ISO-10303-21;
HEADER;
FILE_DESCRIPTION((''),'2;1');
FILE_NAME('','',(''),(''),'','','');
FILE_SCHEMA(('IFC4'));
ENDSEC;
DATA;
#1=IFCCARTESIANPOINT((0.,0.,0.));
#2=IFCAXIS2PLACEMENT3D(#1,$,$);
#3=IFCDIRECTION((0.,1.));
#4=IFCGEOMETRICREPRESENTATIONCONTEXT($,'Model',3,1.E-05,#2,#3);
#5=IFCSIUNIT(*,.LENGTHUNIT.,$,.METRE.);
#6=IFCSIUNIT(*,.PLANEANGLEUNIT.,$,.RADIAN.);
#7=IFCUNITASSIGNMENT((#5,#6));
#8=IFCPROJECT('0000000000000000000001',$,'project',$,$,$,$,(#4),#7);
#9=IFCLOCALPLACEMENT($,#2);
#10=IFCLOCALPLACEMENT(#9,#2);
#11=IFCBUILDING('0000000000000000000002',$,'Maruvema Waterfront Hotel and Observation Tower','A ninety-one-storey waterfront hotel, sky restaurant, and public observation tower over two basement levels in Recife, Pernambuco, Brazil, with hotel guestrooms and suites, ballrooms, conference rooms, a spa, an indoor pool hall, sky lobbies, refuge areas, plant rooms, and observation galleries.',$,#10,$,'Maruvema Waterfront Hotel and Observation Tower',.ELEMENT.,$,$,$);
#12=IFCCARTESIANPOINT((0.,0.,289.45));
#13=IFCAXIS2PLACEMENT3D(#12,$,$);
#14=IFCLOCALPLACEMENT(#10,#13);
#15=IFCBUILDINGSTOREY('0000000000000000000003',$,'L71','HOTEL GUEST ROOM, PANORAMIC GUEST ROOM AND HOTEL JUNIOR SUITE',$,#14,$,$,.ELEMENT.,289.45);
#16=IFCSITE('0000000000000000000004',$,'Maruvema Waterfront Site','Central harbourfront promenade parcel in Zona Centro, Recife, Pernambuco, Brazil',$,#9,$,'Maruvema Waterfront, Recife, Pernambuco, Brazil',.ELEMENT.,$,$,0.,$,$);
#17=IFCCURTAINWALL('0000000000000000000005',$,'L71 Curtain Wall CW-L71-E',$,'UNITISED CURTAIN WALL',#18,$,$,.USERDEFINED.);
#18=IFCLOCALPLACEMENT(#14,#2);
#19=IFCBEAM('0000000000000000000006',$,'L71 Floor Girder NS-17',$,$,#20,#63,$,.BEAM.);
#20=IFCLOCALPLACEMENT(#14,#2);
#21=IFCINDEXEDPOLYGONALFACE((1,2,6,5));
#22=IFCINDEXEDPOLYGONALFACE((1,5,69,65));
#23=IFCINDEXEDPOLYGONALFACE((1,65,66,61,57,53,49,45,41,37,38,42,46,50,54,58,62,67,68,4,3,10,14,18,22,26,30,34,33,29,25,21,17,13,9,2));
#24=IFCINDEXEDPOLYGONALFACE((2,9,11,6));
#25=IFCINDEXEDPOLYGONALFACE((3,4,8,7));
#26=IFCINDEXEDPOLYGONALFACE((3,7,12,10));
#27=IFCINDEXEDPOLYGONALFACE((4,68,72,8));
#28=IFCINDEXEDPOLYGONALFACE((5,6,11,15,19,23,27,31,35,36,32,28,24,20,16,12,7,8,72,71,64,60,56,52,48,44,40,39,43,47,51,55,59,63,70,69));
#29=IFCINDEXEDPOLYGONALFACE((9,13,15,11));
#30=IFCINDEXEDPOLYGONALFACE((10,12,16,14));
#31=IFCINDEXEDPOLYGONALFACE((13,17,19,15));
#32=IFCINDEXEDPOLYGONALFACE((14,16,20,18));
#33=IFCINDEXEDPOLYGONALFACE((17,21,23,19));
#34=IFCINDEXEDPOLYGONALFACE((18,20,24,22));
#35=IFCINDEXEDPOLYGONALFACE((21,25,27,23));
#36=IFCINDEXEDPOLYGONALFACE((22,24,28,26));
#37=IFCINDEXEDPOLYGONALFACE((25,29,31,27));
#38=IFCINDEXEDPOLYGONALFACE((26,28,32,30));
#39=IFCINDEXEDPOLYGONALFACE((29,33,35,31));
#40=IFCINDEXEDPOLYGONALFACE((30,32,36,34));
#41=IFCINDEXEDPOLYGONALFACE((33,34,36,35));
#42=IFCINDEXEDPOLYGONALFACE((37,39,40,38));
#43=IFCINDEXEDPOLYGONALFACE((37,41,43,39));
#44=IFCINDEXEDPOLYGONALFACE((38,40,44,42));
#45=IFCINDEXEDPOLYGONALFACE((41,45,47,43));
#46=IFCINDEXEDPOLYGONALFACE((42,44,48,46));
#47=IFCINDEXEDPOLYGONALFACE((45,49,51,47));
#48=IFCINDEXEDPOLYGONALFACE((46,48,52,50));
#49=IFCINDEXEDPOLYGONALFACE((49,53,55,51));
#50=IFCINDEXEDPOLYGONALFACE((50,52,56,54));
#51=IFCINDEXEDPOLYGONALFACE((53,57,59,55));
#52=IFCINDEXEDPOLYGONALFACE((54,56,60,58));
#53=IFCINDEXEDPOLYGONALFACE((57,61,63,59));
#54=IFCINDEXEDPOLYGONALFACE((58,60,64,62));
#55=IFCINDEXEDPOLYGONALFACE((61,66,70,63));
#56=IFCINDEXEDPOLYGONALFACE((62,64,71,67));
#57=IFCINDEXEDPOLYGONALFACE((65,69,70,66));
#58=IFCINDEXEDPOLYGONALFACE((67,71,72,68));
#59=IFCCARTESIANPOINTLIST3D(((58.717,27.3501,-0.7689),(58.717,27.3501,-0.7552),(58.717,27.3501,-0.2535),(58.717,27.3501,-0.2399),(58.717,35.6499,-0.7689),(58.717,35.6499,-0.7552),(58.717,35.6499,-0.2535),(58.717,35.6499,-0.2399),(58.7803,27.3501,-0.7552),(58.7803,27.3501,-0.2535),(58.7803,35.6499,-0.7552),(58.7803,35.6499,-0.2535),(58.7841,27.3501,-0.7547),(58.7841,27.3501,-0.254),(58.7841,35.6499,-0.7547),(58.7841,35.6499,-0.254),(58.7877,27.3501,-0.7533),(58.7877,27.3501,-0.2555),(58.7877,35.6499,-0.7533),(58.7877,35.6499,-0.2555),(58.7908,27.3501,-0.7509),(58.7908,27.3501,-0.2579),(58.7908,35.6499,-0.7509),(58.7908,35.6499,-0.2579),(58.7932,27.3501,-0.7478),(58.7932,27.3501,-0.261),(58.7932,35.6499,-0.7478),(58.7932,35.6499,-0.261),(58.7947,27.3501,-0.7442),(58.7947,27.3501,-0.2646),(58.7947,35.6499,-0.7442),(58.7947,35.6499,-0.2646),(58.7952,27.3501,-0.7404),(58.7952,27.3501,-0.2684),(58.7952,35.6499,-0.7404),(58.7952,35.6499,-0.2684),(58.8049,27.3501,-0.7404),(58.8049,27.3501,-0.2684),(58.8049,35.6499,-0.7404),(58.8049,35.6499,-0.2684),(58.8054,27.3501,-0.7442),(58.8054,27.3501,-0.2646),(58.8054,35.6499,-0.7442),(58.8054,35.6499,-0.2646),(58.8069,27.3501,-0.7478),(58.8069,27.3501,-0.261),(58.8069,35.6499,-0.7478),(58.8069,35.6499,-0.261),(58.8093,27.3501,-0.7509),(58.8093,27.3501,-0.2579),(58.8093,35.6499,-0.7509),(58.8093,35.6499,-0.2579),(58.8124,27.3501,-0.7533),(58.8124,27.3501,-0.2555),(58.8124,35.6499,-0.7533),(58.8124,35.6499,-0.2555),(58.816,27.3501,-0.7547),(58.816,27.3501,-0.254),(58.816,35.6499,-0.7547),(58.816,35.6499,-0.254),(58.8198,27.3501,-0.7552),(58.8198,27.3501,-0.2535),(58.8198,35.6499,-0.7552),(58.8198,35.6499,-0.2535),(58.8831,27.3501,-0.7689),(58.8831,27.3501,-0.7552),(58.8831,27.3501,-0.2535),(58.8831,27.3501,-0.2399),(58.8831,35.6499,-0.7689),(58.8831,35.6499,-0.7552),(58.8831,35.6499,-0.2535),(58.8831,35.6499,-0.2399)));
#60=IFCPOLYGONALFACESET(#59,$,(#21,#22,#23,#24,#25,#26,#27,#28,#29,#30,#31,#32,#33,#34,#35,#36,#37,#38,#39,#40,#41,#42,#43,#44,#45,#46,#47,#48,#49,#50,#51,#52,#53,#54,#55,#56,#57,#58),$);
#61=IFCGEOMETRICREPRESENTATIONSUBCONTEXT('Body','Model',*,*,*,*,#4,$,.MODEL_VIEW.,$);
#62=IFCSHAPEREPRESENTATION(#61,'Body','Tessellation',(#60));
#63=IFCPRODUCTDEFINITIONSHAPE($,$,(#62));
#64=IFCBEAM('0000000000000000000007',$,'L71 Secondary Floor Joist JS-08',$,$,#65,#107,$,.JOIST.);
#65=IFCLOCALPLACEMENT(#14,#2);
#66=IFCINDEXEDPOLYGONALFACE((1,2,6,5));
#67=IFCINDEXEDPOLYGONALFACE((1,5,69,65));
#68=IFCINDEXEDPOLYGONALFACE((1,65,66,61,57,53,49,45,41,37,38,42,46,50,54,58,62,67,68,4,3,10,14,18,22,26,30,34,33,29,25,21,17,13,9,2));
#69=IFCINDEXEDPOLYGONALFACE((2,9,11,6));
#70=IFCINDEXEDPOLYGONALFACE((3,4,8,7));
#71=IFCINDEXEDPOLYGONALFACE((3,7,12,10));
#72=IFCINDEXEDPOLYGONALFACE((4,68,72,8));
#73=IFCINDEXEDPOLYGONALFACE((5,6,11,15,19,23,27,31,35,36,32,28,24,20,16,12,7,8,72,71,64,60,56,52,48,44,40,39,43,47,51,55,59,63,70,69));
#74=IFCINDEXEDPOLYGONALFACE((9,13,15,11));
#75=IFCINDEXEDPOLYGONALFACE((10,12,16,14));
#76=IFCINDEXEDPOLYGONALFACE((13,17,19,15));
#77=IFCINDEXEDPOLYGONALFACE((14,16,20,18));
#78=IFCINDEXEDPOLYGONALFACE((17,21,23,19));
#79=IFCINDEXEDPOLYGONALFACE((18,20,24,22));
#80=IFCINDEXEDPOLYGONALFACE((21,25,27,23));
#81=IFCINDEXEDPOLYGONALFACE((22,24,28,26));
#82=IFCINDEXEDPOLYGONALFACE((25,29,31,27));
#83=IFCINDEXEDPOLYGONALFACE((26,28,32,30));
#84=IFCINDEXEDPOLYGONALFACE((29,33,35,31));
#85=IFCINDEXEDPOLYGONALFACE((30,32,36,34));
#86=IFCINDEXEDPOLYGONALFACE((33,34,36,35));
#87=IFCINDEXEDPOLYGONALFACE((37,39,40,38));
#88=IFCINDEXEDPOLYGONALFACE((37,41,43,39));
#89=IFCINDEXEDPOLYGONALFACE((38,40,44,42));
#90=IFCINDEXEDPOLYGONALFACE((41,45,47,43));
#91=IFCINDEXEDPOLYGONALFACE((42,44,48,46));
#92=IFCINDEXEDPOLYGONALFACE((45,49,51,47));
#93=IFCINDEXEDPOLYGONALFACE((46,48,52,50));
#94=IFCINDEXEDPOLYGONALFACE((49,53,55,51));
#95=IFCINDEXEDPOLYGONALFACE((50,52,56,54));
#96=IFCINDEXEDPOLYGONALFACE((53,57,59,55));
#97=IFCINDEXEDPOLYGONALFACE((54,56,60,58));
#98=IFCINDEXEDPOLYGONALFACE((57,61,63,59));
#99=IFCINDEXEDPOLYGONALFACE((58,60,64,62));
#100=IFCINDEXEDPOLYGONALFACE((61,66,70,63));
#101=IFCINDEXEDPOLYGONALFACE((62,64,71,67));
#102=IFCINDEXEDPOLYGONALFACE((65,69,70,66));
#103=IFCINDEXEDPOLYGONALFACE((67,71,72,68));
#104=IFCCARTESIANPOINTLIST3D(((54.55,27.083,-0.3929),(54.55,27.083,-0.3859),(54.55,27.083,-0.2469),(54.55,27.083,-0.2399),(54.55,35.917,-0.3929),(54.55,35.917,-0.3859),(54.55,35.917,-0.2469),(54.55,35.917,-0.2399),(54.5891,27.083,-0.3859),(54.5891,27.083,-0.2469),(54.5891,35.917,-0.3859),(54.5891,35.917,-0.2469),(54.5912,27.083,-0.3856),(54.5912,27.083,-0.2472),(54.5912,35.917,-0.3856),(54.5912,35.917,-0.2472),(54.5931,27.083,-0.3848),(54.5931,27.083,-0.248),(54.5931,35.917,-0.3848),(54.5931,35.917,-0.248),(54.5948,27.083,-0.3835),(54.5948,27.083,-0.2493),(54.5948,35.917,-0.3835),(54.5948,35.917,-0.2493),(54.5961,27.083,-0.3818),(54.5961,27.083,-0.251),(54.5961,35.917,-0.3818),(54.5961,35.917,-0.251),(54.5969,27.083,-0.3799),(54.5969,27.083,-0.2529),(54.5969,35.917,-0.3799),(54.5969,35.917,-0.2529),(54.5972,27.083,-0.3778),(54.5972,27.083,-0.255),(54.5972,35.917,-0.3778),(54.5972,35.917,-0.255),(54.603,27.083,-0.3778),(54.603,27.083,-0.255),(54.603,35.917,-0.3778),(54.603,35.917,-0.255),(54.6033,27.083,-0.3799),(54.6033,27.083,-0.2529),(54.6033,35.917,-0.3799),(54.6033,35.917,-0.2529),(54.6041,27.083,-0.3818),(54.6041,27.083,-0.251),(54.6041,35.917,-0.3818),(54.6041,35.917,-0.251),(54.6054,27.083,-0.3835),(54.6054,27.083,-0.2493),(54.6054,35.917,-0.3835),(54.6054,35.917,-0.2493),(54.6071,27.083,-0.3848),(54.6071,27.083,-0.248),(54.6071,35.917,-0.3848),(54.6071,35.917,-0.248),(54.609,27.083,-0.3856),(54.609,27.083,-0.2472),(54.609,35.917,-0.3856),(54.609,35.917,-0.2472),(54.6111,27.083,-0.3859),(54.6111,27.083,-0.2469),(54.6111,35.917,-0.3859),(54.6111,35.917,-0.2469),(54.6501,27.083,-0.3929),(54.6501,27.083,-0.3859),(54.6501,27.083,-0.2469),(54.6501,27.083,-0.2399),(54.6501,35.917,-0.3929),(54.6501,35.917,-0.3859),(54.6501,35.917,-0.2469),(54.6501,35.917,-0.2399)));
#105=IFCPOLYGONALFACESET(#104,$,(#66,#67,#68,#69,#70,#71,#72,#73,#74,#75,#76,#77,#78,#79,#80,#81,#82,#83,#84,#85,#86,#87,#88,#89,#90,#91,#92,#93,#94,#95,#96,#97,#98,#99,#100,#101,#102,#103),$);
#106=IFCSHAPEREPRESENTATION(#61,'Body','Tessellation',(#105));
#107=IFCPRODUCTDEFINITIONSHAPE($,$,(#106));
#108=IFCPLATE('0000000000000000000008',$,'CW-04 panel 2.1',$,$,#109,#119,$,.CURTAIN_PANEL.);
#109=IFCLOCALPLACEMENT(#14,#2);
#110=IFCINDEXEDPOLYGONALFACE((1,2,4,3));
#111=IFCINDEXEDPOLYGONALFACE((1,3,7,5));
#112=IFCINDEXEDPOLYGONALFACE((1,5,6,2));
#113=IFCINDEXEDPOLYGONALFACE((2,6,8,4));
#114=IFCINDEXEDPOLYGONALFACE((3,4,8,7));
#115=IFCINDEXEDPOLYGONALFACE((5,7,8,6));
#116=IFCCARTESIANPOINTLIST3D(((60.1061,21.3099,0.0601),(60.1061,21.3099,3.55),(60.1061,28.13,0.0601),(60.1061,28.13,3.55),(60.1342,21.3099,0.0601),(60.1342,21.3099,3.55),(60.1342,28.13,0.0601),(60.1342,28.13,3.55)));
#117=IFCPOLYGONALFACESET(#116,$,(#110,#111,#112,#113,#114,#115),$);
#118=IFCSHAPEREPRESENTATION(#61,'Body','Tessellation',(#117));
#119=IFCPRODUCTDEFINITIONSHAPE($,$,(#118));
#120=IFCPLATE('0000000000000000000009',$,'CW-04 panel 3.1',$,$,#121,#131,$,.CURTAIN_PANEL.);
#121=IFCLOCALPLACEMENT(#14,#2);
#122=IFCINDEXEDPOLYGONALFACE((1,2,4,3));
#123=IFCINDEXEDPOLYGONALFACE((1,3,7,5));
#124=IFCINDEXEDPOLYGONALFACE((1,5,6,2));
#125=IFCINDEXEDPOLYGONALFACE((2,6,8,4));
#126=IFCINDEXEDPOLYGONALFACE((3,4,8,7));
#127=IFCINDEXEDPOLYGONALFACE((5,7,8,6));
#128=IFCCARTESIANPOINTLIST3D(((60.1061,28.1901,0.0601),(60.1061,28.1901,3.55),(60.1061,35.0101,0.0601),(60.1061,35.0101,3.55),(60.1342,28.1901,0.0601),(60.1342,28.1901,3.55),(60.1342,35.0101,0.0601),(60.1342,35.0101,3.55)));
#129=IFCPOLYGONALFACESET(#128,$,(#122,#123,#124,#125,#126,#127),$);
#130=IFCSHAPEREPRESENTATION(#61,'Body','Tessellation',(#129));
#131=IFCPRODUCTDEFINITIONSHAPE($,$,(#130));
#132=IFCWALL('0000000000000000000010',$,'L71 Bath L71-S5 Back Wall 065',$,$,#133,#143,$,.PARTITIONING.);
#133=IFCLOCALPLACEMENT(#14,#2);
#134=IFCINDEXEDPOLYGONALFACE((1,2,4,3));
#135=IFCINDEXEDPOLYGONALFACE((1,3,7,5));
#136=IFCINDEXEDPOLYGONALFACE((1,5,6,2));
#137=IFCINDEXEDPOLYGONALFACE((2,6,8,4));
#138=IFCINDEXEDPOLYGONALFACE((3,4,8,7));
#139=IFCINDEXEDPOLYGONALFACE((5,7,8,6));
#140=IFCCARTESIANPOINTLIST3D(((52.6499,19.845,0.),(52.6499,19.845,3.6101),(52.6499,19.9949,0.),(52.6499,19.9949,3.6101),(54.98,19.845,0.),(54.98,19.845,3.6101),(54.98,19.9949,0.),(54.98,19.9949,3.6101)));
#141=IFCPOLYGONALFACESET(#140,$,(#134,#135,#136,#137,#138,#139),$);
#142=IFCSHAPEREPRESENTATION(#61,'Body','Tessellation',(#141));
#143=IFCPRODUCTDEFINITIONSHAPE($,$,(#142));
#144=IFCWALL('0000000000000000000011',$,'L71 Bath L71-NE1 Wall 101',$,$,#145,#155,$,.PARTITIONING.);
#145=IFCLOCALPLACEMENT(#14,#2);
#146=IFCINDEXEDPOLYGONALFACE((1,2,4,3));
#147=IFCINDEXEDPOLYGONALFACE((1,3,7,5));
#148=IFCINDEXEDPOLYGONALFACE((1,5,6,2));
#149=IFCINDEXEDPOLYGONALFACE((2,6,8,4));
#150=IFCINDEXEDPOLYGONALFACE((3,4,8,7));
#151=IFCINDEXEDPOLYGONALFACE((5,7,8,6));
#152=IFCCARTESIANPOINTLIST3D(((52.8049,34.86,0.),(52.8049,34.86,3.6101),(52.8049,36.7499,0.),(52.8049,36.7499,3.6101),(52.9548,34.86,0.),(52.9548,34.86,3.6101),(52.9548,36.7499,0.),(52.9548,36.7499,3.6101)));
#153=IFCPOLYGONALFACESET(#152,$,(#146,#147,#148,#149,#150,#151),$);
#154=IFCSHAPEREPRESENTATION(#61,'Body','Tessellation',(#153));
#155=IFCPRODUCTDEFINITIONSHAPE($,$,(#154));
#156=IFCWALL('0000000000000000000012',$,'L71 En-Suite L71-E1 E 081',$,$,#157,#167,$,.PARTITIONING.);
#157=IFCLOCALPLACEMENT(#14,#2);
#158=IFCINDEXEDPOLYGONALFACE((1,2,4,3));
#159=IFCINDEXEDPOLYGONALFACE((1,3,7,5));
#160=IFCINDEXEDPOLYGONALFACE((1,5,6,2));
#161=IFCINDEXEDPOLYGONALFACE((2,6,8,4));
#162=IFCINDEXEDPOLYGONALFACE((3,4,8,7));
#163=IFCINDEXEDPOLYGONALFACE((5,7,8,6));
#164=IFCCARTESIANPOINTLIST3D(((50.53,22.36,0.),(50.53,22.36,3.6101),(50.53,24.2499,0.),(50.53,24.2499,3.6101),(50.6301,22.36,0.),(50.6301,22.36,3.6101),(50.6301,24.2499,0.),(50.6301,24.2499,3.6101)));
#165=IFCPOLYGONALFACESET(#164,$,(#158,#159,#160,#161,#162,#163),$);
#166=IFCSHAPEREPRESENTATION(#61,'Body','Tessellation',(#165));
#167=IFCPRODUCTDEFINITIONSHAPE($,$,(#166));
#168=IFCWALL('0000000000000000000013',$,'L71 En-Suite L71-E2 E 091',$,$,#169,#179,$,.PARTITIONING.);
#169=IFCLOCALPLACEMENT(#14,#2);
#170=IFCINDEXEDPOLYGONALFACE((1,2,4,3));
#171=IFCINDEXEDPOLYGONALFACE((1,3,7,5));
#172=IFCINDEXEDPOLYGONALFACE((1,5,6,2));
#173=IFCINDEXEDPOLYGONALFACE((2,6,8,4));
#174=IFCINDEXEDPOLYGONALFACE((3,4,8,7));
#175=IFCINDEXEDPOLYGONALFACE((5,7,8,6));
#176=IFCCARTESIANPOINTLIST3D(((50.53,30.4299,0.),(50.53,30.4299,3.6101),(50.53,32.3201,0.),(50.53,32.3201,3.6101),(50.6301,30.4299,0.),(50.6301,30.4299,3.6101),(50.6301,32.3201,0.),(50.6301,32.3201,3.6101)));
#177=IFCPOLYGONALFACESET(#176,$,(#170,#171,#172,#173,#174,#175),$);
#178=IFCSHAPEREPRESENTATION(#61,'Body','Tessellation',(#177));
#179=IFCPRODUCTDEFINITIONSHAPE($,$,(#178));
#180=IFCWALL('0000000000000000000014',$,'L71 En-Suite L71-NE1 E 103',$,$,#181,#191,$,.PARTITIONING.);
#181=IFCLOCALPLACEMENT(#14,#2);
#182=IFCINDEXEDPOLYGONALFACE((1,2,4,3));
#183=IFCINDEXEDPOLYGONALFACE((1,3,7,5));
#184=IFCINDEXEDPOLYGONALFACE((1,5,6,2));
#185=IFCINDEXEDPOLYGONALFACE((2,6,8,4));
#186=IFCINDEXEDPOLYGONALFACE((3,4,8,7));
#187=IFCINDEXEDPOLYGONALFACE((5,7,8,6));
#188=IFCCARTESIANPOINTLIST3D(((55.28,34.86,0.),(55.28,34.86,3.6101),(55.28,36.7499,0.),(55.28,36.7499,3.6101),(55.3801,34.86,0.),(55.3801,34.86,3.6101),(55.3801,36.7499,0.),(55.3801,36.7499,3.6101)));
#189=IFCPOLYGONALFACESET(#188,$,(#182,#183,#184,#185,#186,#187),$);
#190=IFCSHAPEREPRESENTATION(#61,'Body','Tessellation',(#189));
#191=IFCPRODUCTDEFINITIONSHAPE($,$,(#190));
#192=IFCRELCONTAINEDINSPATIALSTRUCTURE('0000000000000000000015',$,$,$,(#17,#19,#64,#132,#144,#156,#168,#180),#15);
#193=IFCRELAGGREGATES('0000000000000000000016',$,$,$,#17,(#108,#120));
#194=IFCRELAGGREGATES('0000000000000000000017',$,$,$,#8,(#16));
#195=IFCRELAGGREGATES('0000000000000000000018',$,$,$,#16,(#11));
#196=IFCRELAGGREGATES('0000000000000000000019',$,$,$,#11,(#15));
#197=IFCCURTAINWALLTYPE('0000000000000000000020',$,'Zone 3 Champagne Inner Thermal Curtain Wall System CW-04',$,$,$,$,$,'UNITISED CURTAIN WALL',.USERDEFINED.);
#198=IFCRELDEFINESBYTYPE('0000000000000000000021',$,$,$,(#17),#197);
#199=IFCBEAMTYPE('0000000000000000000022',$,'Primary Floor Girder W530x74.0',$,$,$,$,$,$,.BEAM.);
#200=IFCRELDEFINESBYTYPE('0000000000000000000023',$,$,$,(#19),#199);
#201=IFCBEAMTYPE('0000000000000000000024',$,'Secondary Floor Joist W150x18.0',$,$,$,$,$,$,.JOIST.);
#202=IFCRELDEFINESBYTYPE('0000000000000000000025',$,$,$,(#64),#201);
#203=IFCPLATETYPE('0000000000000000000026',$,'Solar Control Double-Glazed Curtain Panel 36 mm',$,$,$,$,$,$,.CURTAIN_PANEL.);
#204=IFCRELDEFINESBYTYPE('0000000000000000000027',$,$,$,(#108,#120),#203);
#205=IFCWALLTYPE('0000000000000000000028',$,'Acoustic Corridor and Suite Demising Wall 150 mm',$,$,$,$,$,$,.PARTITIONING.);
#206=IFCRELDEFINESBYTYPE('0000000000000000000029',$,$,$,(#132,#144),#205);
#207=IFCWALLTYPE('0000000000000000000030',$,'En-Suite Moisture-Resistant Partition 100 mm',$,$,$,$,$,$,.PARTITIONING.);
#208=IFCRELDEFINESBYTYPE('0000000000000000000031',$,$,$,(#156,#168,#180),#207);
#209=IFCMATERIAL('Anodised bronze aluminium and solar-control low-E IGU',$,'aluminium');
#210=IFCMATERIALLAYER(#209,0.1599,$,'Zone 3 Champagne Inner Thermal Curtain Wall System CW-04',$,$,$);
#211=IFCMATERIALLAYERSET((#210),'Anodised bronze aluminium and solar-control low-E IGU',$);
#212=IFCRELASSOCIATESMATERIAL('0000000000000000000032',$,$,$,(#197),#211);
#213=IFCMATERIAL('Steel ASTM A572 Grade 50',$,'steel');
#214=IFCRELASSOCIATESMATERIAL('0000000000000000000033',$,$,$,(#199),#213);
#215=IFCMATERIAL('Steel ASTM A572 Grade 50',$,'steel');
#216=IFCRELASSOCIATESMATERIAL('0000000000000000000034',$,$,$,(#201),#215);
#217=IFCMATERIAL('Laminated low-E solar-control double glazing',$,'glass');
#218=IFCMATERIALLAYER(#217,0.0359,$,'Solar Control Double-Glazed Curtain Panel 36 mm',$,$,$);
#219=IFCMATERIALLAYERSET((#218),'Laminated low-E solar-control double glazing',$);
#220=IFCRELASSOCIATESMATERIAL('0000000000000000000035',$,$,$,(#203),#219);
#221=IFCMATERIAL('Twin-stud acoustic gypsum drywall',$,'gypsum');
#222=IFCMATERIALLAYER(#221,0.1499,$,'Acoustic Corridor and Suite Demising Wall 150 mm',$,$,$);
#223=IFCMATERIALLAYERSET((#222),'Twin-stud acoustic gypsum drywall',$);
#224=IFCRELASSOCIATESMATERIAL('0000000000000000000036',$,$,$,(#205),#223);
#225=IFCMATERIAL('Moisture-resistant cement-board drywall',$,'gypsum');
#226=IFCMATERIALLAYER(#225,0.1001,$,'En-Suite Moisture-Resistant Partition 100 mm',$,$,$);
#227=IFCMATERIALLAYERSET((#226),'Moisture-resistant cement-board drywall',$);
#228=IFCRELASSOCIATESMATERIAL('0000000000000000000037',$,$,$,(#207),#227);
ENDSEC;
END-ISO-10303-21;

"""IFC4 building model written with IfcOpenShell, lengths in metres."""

from ifc_helpers import new_model, si_unit, direction, frame, frame_2d, origin, origin_2d, place, context, subcontext, project, spatial, rectangle, i_section, extrude, material, layer, layer_set, material_profile, profile_set, type_object, element, aggregate, save


model = new_model("IFC4")

# Units and contexts
model_context = context("Model", 3, precision=1e-05, world=origin(), true_north=direction((0.0, 1.0)))
body_context = subcontext(model_context, "Body", "Model", "MODEL_VIEW")
ifc_project = project(units=[si_unit("LENGTHUNIT", "METRE"), si_unit("PLANEANGLEUNIT", "RADIAN")], contexts=[model_context])

# Site, building, storey
site_placement = place(None, origin())
site = spatial("IfcSite", under=ifc_project, at=site_placement, Name="Maruvema Waterfront Site", Description="Central harbourfront promenade parcel in Zona Centro, Recife, Pernambuco, Brazil", LongName="Maruvema Waterfront, Recife, Pernambuco, Brazil", CompositionType="ELEMENT", RefElevation=0.0)
building_placement = place(site_placement, origin())
building = spatial("IfcBuilding", under=site, at=building_placement, Name="Maruvema Waterfront Hotel and Observation Tower", Description="A ninety-one-storey waterfront hotel, sky restaurant, and public observation tower over two basement levels in Recife, Pernambuco, Brazil, with hotel guestrooms and suites, ballrooms, conference rooms, a spa, an indoor pool hall, sky lobbies, refuge areas, plant rooms, and observation galleries.", LongName="Maruvema Waterfront Hotel and Observation Tower", CompositionType="ELEMENT")
storey_placement = place(building_placement, frame((0.0, 0.0, 289.45)))
storey = spatial("IfcBuildingStorey", under=building, at=storey_placement, Name="L71", Description="HOTEL GUEST ROOM, PANORAMIC GUEST ROOM AND HOTEL JUNIOR SUITE", CompositionType="ELEMENT", Elevation=289.45)

# Curtain wall
ifc_material_1 = material(Name="Anodised bronze aluminium and solar-control low-E IGU", Category="aluminium")
ifc_layer_1 = layer(ifc_material_1, 0.1599, Name="Zone 3 Champagne Inner Thermal Curtain Wall System CW-04")
ifc_layer_set_1 = layer_set([ifc_layer_1], Name="Anodised bronze aluminium and solar-control low-E IGU")
curtain_wall_type = type_object("IfcCurtainWallType", Name="Zone 3 Champagne Inner Thermal Curtain Wall System CW-04", ElementType="UNITISED CURTAIN WALL", PredefinedType="USERDEFINED", material=ifc_layer_set_1)
curtain_wall_placement = place(storey_placement, origin())
curtain_wall = element("IfcCurtainWall", 1, at=curtain_wall_placement, inside=storey, type_object=curtain_wall_type, Name="L71 Curtain Wall CW-L71-E", ObjectType="UNITISED CURTAIN WALL", PredefinedType="USERDEFINED")

# Beams
ifc_material_2 = material(Name="Steel ASTM A572 Grade 50", Category="steel")
ifc_material_profile_1 = material_profile(ifc_material_2, i_section(OverallWidth=0.166, OverallDepth=0.5291, WebThickness=0.0098, FlangeThickness=0.0137, FilletRadius=0.0149, at=origin_2d()), Name="W530x74.0")
ifc_profile_set_1 = profile_set([ifc_material_profile_1], Name="Steel ASTM A572 Grade 50")
beam_type_1 = type_object("IfcBeamType", Name="Primary Floor Girder W530x74.0", PredefinedType="BEAM", material=ifc_profile_set_1)
beam_1_placement = place(storey_placement, frame((58.8, 27.3501, -0.5044), z_axis=(0.0, 1.0, 0.0), x_axis=(-1.0, 0.0, 0.0)))
element("IfcBeam", 2, at=beam_1_placement, inside=storey, type_object=beam_type_1, Name="L71 Floor Girder NS-17", PredefinedType="BEAM", context=body_context, shape_type="SweptSolid", body=[
    extrude(i_section(OverallWidth=0.166, OverallDepth=0.5291, WebThickness=0.0098, FlangeThickness=0.0137, FilletRadius=0.0149, at=origin_2d()), origin(), (0.0, 0.0, 1.0), 8.2998),
])
ifc_material_3 = material(Name="Steel ASTM A572 Grade 50", Category="steel")
ifc_material_profile_2 = material_profile(ifc_material_3, i_section(OverallWidth=0.1001, OverallDepth=0.1531, WebThickness=0.0059, FlangeThickness=0.0071, FilletRadius=0.0081, at=origin_2d()), Name="W150x18.0")
ifc_profile_set_2 = profile_set([ifc_material_profile_2], Name="Steel ASTM A572 Grade 50")
beam_type_2 = type_object("IfcBeamType", Name="Secondary Floor Joist W150x18.0", PredefinedType="JOIST", material=ifc_profile_set_2)
beam_2_placement = place(storey_placement, frame((54.6001, 27.083, -0.3164), z_axis=(0.0, 1.0, 0.0), x_axis=(-1.0, 0.0, 0.0)))
element("IfcBeam", 3, at=beam_2_placement, inside=storey, type_object=beam_type_2, Name="L71 Secondary Floor Joist JS-08", PredefinedType="JOIST", context=body_context, shape_type="SweptSolid", body=[
    extrude(i_section(OverallWidth=0.1001, OverallDepth=0.1531, WebThickness=0.0059, FlangeThickness=0.0071, FilletRadius=0.0081, at=origin_2d()), origin(), (0.0, 0.0, 1.0), 8.834),
])

# Plates
ifc_material_4 = material(Name="Laminated low-E solar-control double glazing", Category="glass")
ifc_layer_2 = layer(ifc_material_4, 0.0359, Name="Solar Control Double-Glazed Curtain Panel 36 mm")
ifc_layer_set_2 = layer_set([ifc_layer_2], Name="Laminated low-E solar-control double glazing")
plate_type = type_object("IfcPlateType", Name="Solar Control Double-Glazed Curtain Panel 36 mm", PredefinedType="CURTAIN_PANEL", material=ifc_layer_set_2)
plate_1_placement = place(storey_placement, frame((60.1201, 24.72, 0.0601), z_axis=(0.0, 0.0, 1.0), x_axis=(0.0, 1.0, 0.0)))
plate_1 = element("IfcPlate", 4, at=plate_1_placement, type_object=plate_type, Name="CW-04 panel 2.1", PredefinedType="CURTAIN_PANEL", context=body_context, shape_type="SweptSolid", body=[
    extrude(rectangle(XDim=6.8201, YDim=0.0281, at=origin_2d()), origin(), (0.0, 0.0, 1.0), 3.49),
])
plate_2_placement = place(storey_placement, frame((60.1201, 31.6001, 0.0601), z_axis=(0.0, 0.0, 1.0), x_axis=(0.0, 1.0, 0.0)))
plate_2 = element("IfcPlate", 5, at=plate_2_placement, type_object=plate_type, Name="CW-04 panel 3.1", PredefinedType="CURTAIN_PANEL", context=body_context, shape_type="SweptSolid", body=[
    extrude(rectangle(XDim=6.8201, YDim=0.0281, at=origin_2d()), origin(), (0.0, 0.0, 1.0), 3.49),
])
aggregate(curtain_wall, [plate_1, plate_2])

# Wall
ifc_material_5 = material(Name="Twin-stud acoustic gypsum drywall", Category="gypsum")
ifc_layer_3 = layer(ifc_material_5, 0.1499, Name="Acoustic Corridor and Suite Demising Wall 150 mm")
ifc_layer_set_3 = layer_set([ifc_layer_3], Name="Twin-stud acoustic gypsum drywall")
wall_type_1 = type_object("IfcWallType", Name="Acoustic Corridor and Suite Demising Wall 150 mm", PredefinedType="PARTITIONING", material=ifc_layer_set_3)
wall_1_placement = place(storey_placement, frame((52.6499, 19.9199, 0.0), z_axis=(0.0, 0.0, 1.0), x_axis=(1.0, 0.0, 0.0)))
element("IfcWall", 6, at=wall_1_placement, inside=storey, type_object=wall_type_1, Name="L71 Bath L71-S5 Back Wall 065", PredefinedType="PARTITIONING", context=body_context, shape_type="SweptSolid", body=[
    extrude(rectangle(XDim=2.3301, YDim=0.1499, at=frame_2d((1.165, 0.0))), origin(), (0.0, 0.0, 1.0), 3.6101),
])

# Walls
wall_2_placement = place(storey_placement, frame((52.8799, 34.8601, 0.0), z_axis=(0.0, 0.0, 1.0), x_axis=(0.0, 1.0, 0.0)))
element("IfcWall", 7, at=wall_2_placement, inside=storey, type_object=wall_type_1, Name="L71 Bath L71-NE1 Wall 101", PredefinedType="PARTITIONING", context=body_context, shape_type="SweptSolid", body=[
    extrude(rectangle(XDim=1.8899, YDim=0.1499, at=frame_2d((0.9448, 0.0))), origin(), (0.0, 0.0, 1.0), 3.6101),
])
ifc_material_6 = material(Name="Moisture-resistant cement-board drywall", Category="gypsum")
ifc_layer_4 = layer(ifc_material_6, 0.1001, Name="En-Suite Moisture-Resistant Partition 100 mm")
ifc_layer_set_4 = layer_set([ifc_layer_4], Name="Moisture-resistant cement-board drywall")
wall_type_2 = type_object("IfcWallType", Name="En-Suite Moisture-Resistant Partition 100 mm", PredefinedType="PARTITIONING", material=ifc_layer_set_4)
wall_3_placement = place(storey_placement, frame((50.5801, 22.3601, 0.0), z_axis=(0.0, 0.0, 1.0), x_axis=(0.0, 1.0, 0.0)))
element("IfcWall", 8, at=wall_3_placement, inside=storey, type_object=wall_type_2, Name="L71 En-Suite L71-E1 E 081", PredefinedType="PARTITIONING", context=body_context, shape_type="SweptSolid", body=[
    extrude(rectangle(XDim=1.8899, YDim=0.1001, at=frame_2d((0.9448, 0.0))), origin(), (0.0, 0.0, 1.0), 3.6101),
])
wall_4_placement = place(storey_placement, frame((50.5801, 30.4299, 0.0), z_axis=(0.0, 0.0, 1.0), x_axis=(0.0, 1.0, 0.0)))
element("IfcWall", 9, at=wall_4_placement, inside=storey, type_object=wall_type_2, Name="L71 En-Suite L71-E2 E 091", PredefinedType="PARTITIONING", context=body_context, shape_type="SweptSolid", body=[
    extrude(rectangle(XDim=1.8901, YDim=0.1001, at=frame_2d((0.9451, 0.0))), origin(), (0.0, 0.0, 1.0), 3.6101),
])
wall_5_placement = place(storey_placement, frame((55.3301, 34.8601, 0.0), z_axis=(0.0, 0.0, 1.0), x_axis=(0.0, 1.0, 0.0)))
element("IfcWall", 10, at=wall_5_placement, inside=storey, type_object=wall_type_2, Name="L71 En-Suite L71-NE1 E 103", PredefinedType="PARTITIONING", context=body_context, shape_type="SweptSolid", body=[
    extrude(rectangle(XDim=1.8899, YDim=0.1001, at=frame_2d((0.9448, 0.0))), origin(), (0.0, 0.0, 1.0), 3.6101),
])

save(model, "model.ifc")
